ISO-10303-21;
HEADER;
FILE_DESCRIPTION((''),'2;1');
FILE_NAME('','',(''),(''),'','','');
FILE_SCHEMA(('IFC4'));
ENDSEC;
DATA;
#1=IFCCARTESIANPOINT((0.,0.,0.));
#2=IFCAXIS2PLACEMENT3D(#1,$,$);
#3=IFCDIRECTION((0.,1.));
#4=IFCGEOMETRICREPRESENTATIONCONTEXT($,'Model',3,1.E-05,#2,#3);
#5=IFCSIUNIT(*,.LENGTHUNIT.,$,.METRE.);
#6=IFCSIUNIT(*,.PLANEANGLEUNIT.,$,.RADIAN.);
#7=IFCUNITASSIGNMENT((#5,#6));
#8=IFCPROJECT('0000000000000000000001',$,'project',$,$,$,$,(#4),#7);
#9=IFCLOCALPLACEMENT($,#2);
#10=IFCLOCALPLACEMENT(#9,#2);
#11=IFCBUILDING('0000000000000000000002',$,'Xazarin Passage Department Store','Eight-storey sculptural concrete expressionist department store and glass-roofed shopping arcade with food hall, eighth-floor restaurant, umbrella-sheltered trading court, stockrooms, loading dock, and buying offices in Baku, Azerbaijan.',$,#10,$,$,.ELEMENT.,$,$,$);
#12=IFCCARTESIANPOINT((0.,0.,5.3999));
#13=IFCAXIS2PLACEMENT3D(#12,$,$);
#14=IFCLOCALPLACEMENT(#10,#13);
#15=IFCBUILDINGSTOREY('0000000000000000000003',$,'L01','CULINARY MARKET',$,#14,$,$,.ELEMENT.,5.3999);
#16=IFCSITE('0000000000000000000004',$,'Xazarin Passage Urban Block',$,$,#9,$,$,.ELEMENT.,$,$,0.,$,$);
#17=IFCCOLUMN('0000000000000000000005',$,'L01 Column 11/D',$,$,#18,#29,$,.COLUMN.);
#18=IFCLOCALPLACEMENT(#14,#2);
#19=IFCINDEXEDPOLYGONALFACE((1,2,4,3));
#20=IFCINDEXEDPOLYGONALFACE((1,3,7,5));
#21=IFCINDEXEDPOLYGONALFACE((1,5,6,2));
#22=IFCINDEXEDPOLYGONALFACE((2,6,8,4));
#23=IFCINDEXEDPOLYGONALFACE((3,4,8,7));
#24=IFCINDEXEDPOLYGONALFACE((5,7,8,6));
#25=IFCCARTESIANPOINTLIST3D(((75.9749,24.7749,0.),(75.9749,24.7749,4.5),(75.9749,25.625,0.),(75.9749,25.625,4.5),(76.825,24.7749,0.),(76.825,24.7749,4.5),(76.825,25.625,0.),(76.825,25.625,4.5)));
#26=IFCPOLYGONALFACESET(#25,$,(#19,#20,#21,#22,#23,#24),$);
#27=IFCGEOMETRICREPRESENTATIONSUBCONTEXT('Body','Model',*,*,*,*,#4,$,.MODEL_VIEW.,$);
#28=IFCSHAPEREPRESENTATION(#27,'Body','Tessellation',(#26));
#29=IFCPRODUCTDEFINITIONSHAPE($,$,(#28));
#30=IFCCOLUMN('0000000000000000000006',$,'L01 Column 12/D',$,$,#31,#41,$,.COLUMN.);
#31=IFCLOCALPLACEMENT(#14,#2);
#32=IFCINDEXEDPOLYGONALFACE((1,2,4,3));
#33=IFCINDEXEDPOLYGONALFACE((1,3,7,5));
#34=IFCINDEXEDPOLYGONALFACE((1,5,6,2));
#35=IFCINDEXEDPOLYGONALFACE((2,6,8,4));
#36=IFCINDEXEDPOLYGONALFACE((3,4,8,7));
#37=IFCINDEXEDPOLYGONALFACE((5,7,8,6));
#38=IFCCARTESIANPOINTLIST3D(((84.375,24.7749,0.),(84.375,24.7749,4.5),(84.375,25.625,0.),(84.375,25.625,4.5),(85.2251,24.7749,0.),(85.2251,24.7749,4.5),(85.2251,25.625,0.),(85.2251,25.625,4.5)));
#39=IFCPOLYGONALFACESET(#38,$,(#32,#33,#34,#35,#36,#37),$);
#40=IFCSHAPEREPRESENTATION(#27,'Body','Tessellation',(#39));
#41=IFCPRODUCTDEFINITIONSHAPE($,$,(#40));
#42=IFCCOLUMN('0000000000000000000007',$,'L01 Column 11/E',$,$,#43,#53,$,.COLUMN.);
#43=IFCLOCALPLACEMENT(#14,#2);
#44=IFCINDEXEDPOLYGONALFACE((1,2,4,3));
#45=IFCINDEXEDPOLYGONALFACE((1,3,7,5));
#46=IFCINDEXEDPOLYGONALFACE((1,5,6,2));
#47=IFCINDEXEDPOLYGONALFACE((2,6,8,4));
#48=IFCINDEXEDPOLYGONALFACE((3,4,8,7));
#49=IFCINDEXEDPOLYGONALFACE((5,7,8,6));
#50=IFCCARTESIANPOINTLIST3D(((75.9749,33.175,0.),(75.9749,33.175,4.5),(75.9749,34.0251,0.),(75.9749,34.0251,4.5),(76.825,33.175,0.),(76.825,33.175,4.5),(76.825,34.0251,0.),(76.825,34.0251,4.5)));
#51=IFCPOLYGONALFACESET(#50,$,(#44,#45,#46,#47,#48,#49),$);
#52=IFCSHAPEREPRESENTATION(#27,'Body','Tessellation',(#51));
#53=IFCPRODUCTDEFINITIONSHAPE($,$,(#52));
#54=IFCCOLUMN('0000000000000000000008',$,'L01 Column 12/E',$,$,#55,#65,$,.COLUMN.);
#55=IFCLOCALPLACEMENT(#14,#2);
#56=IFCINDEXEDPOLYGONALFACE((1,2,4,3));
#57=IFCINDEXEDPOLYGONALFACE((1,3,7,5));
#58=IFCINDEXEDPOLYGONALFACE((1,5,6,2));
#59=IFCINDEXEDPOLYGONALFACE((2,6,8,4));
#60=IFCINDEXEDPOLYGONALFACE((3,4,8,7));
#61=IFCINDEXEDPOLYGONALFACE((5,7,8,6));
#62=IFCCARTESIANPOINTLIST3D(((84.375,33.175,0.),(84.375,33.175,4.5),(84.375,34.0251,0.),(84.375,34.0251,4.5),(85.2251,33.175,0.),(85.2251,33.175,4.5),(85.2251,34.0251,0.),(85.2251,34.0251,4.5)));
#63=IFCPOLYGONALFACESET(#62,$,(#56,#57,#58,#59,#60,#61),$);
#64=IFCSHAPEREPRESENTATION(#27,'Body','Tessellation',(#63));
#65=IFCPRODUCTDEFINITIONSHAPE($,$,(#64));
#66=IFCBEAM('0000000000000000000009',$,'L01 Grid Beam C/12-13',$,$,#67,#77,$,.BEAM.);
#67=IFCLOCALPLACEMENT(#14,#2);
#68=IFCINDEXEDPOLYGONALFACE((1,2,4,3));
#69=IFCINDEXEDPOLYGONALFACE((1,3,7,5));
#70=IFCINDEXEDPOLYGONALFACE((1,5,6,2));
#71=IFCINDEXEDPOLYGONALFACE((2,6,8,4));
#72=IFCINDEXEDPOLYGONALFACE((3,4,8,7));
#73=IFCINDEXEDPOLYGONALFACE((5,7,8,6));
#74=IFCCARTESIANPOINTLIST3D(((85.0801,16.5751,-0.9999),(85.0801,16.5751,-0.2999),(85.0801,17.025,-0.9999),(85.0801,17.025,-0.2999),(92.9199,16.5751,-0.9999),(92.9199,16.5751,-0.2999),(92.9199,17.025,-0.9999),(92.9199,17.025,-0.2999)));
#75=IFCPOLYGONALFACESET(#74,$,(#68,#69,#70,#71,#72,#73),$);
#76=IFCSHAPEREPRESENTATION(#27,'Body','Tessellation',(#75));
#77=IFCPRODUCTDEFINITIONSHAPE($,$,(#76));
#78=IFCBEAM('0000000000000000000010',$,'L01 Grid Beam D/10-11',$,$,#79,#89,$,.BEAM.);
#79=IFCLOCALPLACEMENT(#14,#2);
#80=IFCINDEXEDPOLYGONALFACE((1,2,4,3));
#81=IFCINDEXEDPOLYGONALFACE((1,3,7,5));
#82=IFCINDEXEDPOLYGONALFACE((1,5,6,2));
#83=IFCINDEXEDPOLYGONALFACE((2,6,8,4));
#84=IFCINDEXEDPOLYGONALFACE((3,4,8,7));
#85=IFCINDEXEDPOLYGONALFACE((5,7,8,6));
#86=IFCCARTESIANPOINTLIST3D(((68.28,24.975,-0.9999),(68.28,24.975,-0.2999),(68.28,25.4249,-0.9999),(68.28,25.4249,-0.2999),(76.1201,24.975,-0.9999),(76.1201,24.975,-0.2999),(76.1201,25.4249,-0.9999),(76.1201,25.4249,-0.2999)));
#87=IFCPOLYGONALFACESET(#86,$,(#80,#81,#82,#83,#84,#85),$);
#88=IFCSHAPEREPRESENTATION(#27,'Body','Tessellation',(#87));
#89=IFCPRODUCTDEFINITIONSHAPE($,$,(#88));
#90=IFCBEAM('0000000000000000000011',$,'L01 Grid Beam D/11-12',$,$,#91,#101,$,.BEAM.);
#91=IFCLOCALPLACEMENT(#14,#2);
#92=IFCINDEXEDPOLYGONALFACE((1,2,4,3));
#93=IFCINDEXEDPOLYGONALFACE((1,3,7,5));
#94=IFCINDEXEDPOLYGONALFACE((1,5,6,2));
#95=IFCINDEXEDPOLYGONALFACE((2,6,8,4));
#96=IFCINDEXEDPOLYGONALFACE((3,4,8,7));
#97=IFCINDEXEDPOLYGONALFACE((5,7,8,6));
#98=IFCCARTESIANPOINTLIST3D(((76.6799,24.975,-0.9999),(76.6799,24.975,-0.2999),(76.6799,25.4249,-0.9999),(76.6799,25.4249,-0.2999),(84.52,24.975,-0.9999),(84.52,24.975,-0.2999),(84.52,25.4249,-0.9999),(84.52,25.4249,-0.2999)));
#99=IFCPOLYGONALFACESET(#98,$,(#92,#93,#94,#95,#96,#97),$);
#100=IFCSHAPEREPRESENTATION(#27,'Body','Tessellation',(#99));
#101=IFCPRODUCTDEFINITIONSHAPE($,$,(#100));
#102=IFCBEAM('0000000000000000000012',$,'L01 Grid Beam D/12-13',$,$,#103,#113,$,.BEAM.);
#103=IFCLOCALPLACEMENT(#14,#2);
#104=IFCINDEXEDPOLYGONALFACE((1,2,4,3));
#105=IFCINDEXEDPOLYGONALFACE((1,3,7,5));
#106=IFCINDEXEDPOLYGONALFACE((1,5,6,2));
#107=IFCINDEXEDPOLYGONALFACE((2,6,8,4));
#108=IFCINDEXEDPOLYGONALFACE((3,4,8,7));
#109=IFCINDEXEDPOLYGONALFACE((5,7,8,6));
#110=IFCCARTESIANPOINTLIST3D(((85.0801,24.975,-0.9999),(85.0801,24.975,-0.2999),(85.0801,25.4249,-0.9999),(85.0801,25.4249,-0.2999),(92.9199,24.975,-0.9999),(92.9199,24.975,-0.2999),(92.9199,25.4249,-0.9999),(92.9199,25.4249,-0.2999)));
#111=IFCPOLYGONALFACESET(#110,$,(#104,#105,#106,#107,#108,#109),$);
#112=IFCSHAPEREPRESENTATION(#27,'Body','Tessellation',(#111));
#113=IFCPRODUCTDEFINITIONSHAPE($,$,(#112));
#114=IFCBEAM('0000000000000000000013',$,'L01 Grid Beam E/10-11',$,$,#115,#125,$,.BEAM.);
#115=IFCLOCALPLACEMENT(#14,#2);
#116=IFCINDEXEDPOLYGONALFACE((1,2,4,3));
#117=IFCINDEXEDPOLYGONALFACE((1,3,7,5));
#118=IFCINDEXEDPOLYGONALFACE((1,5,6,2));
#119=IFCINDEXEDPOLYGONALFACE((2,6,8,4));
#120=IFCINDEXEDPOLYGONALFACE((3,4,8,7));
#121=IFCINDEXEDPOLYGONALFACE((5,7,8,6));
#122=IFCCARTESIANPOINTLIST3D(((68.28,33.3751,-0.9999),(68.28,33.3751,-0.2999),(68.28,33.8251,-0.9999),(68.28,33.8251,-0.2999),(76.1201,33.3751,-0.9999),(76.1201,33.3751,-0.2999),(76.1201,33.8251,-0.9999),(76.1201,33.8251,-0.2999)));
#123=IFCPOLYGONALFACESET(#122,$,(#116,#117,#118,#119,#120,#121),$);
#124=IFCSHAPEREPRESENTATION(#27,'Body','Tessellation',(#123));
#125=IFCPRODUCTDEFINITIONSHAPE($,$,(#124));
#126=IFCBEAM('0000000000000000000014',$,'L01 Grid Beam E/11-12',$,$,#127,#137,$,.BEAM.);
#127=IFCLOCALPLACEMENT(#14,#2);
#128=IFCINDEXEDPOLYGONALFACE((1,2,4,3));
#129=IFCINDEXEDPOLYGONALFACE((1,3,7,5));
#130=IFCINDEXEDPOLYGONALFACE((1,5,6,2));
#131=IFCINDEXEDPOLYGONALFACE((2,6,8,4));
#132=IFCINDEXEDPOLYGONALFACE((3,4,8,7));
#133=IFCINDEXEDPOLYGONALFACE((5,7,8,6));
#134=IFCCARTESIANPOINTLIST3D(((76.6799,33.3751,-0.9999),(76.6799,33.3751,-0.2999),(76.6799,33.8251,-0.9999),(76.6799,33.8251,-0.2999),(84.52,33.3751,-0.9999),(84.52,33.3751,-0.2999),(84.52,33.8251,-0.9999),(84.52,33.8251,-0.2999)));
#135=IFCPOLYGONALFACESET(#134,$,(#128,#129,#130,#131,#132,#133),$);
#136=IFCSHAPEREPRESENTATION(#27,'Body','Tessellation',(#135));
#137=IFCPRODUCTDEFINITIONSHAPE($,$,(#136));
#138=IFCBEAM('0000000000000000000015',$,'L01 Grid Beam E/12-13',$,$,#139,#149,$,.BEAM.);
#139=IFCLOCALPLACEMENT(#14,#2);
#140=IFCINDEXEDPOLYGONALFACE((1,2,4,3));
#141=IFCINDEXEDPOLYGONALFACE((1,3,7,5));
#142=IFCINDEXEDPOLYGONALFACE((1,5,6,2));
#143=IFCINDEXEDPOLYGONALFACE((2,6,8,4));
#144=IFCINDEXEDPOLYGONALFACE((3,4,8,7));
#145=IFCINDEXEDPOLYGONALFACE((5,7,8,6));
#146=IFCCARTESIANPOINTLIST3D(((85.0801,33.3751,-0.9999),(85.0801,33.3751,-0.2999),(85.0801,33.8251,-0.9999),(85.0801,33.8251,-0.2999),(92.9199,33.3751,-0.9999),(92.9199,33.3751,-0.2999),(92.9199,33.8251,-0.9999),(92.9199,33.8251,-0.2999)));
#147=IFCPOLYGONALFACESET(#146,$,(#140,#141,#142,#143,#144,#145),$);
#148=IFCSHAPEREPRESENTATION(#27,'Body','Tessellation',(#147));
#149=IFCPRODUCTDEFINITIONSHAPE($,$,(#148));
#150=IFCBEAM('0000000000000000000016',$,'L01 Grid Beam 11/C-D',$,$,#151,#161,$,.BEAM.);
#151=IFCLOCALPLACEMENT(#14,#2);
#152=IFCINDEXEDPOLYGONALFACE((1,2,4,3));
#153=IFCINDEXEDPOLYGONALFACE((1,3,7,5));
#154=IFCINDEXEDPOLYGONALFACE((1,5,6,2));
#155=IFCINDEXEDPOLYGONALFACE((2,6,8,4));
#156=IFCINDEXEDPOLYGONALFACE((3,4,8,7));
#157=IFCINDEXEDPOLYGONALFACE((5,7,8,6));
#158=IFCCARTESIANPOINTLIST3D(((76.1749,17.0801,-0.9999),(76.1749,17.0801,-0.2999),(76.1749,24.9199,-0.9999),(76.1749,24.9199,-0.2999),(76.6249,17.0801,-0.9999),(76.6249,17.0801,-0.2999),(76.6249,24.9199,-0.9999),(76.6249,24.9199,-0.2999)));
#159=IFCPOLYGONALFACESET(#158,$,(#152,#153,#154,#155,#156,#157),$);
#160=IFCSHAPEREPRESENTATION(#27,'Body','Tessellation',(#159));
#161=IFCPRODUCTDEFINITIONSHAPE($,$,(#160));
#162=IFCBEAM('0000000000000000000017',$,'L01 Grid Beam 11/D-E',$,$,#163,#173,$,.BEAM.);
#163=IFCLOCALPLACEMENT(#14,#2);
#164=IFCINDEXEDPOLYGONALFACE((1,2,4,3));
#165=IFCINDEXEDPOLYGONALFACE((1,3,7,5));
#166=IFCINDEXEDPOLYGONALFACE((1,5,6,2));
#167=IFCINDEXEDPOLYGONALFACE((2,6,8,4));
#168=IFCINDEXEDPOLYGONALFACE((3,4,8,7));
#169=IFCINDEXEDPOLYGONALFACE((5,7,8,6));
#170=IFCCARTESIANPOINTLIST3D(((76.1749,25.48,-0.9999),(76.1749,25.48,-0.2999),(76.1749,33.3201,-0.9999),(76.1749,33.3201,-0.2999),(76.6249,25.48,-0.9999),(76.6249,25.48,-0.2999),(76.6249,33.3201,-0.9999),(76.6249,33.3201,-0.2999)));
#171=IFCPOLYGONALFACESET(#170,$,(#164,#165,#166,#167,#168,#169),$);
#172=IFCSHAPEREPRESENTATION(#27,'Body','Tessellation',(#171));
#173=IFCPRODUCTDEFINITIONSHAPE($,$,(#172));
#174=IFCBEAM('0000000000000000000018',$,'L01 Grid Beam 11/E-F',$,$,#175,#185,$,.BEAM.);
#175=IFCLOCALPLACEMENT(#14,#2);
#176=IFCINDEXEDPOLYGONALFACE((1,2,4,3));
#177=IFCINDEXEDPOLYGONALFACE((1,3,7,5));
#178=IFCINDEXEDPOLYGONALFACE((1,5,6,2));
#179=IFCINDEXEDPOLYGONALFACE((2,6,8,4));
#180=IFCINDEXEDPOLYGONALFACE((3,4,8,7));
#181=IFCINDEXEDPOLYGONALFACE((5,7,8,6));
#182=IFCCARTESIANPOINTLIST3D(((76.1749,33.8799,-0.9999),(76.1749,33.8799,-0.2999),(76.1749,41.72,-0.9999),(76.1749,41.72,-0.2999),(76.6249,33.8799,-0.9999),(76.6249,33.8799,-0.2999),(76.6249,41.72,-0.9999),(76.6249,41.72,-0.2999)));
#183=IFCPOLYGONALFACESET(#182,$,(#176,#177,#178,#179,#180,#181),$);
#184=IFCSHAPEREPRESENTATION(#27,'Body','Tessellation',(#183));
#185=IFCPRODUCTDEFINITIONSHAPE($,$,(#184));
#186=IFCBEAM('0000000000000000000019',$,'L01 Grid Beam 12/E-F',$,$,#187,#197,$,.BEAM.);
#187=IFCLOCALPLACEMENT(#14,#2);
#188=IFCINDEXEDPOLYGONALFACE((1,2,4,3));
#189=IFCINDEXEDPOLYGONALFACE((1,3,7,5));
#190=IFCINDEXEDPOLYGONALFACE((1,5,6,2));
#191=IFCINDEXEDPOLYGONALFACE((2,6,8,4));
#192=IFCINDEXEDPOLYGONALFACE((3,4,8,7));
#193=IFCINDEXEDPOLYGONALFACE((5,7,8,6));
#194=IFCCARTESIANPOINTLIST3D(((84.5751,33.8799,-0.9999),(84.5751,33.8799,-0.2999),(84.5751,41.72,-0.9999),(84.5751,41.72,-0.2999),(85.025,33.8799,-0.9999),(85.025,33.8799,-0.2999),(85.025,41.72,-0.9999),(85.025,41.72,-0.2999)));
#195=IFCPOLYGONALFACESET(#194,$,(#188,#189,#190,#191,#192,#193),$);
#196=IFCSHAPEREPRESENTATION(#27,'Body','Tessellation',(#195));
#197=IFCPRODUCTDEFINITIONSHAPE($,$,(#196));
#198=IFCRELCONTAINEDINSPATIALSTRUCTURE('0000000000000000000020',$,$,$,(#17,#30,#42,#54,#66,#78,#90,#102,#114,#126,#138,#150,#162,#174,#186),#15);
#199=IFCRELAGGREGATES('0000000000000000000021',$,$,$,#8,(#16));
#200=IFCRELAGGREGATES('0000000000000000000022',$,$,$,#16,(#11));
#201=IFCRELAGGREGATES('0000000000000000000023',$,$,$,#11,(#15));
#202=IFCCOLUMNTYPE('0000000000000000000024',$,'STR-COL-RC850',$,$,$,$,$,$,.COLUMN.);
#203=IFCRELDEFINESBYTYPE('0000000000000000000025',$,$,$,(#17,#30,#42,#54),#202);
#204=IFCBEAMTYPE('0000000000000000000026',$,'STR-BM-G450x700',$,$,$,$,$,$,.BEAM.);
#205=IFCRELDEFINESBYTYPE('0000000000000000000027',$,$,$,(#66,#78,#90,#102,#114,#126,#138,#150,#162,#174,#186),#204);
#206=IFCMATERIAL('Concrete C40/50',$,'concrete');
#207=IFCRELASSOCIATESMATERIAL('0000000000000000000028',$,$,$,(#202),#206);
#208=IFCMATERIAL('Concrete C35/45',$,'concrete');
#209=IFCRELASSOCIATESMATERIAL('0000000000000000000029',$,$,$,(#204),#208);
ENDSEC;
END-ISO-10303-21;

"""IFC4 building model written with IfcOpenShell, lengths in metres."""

from ifc_helpers import new_model, si_unit, direction, frame, origin, origin_2d, place, context, subcontext, project, spatial, rectangle, extrude, material, material_profile, profile_set, type_object, element, save


model = new_model("IFC4")

# Units and contexts
model_context = context("Model", 3, precision=1e-05, world=origin(), true_north=direction((0.0, 1.0)))
body_context = subcontext(model_context, "Body", "Model", "MODEL_VIEW")
ifc_project = project(units=[si_unit("LENGTHUNIT", "METRE"), si_unit("PLANEANGLEUNIT", "RADIAN")], contexts=[model_context])

# Site, building, storey
site_placement = place(None, origin())
site = spatial("IfcSite", under=ifc_project, at=site_placement, Name="Xazarin Passage Urban Block", CompositionType="ELEMENT", RefElevation=0.0)
building_placement = place(site_placement, origin())
building = spatial("IfcBuilding", under=site, at=building_placement, Name="Xazarin Passage Department Store", Description="Eight-storey sculptural concrete expressionist department store and glass-roofed shopping arcade with food hall, eighth-floor restaurant, umbrella-sheltered trading court, stockrooms, loading dock, and buying offices in Baku, Azerbaijan.", CompositionType="ELEMENT")
storey_placement = place(building_placement, frame((0.0, 0.0, 5.3999)))
storey = spatial("IfcBuildingStorey", under=building, at=storey_placement, Name="L01", Description="CULINARY MARKET", CompositionType="ELEMENT", Elevation=5.3999)

# Columns
ifc_material_1 = material(Name="Concrete C40/50", Category="concrete")
ifc_material_profile_1 = material_profile(ifc_material_1, rectangle(XDim=0.8501, YDim=0.8501, at=origin_2d()), Name="RC 850x850")
ifc_profile_set_1 = profile_set([ifc_material_profile_1], Name="Concrete C40/50")
column_type = type_object("IfcColumnType", Name="STR-COL-RC850", PredefinedType="COLUMN", material=ifc_profile_set_1)
for number, where, z_axis, x_axis, name in (
    (1, (76.3999, 25.2, 0.0), (0.0, 0.0, 1.0), (1.0, 0.0, 0.0), "L01 Column 11/D"),
    (2, (84.8, 25.2, 0.0), (0.0, 0.0, 1.0), (1.0, 0.0, 0.0), "L01 Column 12/D"),
    (3, (76.3999, 33.6001, 0.0), (0.0, 0.0, 1.0), (1.0, 0.0, 0.0), "L01 Column 11/E"),
    (4, (84.8, 33.6001, 0.0), (0.0, 0.0, 1.0), (1.0, 0.0, 0.0), "L01 Column 12/E"),
):
    element("IfcColumn", number, at=place(storey_placement, frame(where, z_axis=z_axis, x_axis=x_axis)), inside=storey, type_object=column_type, Name=name, PredefinedType="COLUMN", context=body_context, shape_type="SweptSolid", body=[
        extrude(rectangle(XDim=0.8501, YDim=0.8501, at=origin_2d()), origin(), (0.0, 0.0, 1.0), 4.5),
    ])

# Beams
ifc_material_2 = material(Name="Concrete C35/45", Category="concrete")
ifc_material_profile_2 = material_profile(ifc_material_2, rectangle(XDim=0.45, YDim=0.7, at=origin_2d()), Name="RC 450x700")
ifc_profile_set_2 = profile_set([ifc_material_profile_2], Name="Concrete C35/45")
beam_type = type_object("IfcBeamType", Name="STR-BM-G450x700", PredefinedType="BEAM", material=ifc_profile_set_2)
beam_1_placement = place(storey_placement, frame((85.0801, 16.8, -0.6499), z_axis=(1.0, 0.0, 0.0), x_axis=(0.0, 1.0, 0.0)))
element("IfcBeam", 5, at=beam_1_placement, inside=storey, type_object=beam_type, Name="L01 Grid Beam C/12-13", PredefinedType="BEAM", context=body_context, shape_type="SweptSolid", body=[
    extrude(rectangle(XDim=0.45, YDim=0.7, at=origin_2d()), origin(), (0.0, 0.0, 1.0), 7.8398),
])
for number, where, z_axis, x_axis, name in (
    (6, (68.28, 25.2, -0.6499), (1.0, 0.0, 0.0), (0.0, 1.0, 0.0), "L01 Grid Beam D/10-11"),
    (7, (76.6799, 25.2, -0.6499), (1.0, 0.0, 0.0), (0.0, 1.0, 0.0), "L01 Grid Beam D/11-12"),
):
    element("IfcBeam", number, at=place(storey_placement, frame(where, z_axis=z_axis, x_axis=x_axis)), inside=storey, type_object=beam_type, Name=name, PredefinedType="BEAM", context=body_context, shape_type="SweptSolid", body=[
        extrude(rectangle(XDim=0.45, YDim=0.7, at=origin_2d()), origin(), (0.0, 0.0, 1.0), 7.8401),
    ])
beam_2_placement = place(storey_placement, frame((85.0801, 25.2, -0.6499), z_axis=(1.0, 0.0, 0.0), x_axis=(0.0, 1.0, 0.0)))
element("IfcBeam", 8, at=beam_2_placement, inside=storey, type_object=beam_type, Name="L01 Grid Beam D/12-13", PredefinedType="BEAM", context=body_context, shape_type="SweptSolid", body=[
    extrude(rectangle(XDim=0.45, YDim=0.7, at=origin_2d()), origin(), (0.0, 0.0, 1.0), 7.8398),
])
for number, where, z_axis, x_axis, name in (
    (9, (68.28, 33.6001, -0.6499), (1.0, 0.0, 0.0), (0.0, 1.0, 0.0), "L01 Grid Beam E/10-11"),
    (10, (76.6799, 33.6001, -0.6499), (1.0, 0.0, 0.0), (0.0, 1.0, 0.0), "L01 Grid Beam E/11-12"),
):
    element("IfcBeam", number, at=place(storey_placement, frame(where, z_axis=z_axis, x_axis=x_axis)), inside=storey, type_object=beam_type, Name=name, PredefinedType="BEAM", context=body_context, shape_type="SweptSolid", body=[
        extrude(rectangle(XDim=0.45, YDim=0.7, at=origin_2d()), origin(), (0.0, 0.0, 1.0), 7.8401),
    ])
for number, where, z_axis, x_axis, name in (
    (11, (85.0801, 33.6001, -0.6499), (1.0, 0.0, 0.0), (0.0, 1.0, 0.0), "L01 Grid Beam E/12-13"),
    (12, (76.3999, 17.0801, -0.6499), (0.0, 1.0, 0.0), (-1.0, 0.0, 0.0), "L01 Grid Beam 11/C-D"),
):
    element("IfcBeam", number, at=place(storey_placement, frame(where, z_axis=z_axis, x_axis=x_axis)), inside=storey, type_object=beam_type, Name=name, PredefinedType="BEAM", context=body_context, shape_type="SweptSolid", body=[
        extrude(rectangle(XDim=0.45, YDim=0.7, at=origin_2d()), origin(), (0.0, 0.0, 1.0), 7.8398),
    ])
for number, where, z_axis, x_axis, name in (
    (13, (76.3999, 25.48, -0.6499), (0.0, 1.0, 0.0), (-1.0, 0.0, 0.0), "L01 Grid Beam 11/D-E"),
    (14, (76.3999, 33.8799, -0.6499), (0.0, 1.0, 0.0), (-1.0, 0.0, 0.0), "L01 Grid Beam 11/E-F"),
    (15, (84.8, 33.8799, -0.6499), (0.0, 1.0, 0.0), (-1.0, 0.0, 0.0), "L01 Grid Beam 12/E-F"),
):
    element("IfcBeam", number, at=place(storey_placement, frame(where, z_axis=z_axis, x_axis=x_axis)), inside=storey, type_object=beam_type, Name=name, PredefinedType="BEAM", context=body_context, shape_type="SweptSolid", body=[
        extrude(rectangle(XDim=0.45, YDim=0.7, at=origin_2d()), origin(), (0.0, 0.0, 1.0), 7.8401),
    ])

save(model, "model.ifc")
